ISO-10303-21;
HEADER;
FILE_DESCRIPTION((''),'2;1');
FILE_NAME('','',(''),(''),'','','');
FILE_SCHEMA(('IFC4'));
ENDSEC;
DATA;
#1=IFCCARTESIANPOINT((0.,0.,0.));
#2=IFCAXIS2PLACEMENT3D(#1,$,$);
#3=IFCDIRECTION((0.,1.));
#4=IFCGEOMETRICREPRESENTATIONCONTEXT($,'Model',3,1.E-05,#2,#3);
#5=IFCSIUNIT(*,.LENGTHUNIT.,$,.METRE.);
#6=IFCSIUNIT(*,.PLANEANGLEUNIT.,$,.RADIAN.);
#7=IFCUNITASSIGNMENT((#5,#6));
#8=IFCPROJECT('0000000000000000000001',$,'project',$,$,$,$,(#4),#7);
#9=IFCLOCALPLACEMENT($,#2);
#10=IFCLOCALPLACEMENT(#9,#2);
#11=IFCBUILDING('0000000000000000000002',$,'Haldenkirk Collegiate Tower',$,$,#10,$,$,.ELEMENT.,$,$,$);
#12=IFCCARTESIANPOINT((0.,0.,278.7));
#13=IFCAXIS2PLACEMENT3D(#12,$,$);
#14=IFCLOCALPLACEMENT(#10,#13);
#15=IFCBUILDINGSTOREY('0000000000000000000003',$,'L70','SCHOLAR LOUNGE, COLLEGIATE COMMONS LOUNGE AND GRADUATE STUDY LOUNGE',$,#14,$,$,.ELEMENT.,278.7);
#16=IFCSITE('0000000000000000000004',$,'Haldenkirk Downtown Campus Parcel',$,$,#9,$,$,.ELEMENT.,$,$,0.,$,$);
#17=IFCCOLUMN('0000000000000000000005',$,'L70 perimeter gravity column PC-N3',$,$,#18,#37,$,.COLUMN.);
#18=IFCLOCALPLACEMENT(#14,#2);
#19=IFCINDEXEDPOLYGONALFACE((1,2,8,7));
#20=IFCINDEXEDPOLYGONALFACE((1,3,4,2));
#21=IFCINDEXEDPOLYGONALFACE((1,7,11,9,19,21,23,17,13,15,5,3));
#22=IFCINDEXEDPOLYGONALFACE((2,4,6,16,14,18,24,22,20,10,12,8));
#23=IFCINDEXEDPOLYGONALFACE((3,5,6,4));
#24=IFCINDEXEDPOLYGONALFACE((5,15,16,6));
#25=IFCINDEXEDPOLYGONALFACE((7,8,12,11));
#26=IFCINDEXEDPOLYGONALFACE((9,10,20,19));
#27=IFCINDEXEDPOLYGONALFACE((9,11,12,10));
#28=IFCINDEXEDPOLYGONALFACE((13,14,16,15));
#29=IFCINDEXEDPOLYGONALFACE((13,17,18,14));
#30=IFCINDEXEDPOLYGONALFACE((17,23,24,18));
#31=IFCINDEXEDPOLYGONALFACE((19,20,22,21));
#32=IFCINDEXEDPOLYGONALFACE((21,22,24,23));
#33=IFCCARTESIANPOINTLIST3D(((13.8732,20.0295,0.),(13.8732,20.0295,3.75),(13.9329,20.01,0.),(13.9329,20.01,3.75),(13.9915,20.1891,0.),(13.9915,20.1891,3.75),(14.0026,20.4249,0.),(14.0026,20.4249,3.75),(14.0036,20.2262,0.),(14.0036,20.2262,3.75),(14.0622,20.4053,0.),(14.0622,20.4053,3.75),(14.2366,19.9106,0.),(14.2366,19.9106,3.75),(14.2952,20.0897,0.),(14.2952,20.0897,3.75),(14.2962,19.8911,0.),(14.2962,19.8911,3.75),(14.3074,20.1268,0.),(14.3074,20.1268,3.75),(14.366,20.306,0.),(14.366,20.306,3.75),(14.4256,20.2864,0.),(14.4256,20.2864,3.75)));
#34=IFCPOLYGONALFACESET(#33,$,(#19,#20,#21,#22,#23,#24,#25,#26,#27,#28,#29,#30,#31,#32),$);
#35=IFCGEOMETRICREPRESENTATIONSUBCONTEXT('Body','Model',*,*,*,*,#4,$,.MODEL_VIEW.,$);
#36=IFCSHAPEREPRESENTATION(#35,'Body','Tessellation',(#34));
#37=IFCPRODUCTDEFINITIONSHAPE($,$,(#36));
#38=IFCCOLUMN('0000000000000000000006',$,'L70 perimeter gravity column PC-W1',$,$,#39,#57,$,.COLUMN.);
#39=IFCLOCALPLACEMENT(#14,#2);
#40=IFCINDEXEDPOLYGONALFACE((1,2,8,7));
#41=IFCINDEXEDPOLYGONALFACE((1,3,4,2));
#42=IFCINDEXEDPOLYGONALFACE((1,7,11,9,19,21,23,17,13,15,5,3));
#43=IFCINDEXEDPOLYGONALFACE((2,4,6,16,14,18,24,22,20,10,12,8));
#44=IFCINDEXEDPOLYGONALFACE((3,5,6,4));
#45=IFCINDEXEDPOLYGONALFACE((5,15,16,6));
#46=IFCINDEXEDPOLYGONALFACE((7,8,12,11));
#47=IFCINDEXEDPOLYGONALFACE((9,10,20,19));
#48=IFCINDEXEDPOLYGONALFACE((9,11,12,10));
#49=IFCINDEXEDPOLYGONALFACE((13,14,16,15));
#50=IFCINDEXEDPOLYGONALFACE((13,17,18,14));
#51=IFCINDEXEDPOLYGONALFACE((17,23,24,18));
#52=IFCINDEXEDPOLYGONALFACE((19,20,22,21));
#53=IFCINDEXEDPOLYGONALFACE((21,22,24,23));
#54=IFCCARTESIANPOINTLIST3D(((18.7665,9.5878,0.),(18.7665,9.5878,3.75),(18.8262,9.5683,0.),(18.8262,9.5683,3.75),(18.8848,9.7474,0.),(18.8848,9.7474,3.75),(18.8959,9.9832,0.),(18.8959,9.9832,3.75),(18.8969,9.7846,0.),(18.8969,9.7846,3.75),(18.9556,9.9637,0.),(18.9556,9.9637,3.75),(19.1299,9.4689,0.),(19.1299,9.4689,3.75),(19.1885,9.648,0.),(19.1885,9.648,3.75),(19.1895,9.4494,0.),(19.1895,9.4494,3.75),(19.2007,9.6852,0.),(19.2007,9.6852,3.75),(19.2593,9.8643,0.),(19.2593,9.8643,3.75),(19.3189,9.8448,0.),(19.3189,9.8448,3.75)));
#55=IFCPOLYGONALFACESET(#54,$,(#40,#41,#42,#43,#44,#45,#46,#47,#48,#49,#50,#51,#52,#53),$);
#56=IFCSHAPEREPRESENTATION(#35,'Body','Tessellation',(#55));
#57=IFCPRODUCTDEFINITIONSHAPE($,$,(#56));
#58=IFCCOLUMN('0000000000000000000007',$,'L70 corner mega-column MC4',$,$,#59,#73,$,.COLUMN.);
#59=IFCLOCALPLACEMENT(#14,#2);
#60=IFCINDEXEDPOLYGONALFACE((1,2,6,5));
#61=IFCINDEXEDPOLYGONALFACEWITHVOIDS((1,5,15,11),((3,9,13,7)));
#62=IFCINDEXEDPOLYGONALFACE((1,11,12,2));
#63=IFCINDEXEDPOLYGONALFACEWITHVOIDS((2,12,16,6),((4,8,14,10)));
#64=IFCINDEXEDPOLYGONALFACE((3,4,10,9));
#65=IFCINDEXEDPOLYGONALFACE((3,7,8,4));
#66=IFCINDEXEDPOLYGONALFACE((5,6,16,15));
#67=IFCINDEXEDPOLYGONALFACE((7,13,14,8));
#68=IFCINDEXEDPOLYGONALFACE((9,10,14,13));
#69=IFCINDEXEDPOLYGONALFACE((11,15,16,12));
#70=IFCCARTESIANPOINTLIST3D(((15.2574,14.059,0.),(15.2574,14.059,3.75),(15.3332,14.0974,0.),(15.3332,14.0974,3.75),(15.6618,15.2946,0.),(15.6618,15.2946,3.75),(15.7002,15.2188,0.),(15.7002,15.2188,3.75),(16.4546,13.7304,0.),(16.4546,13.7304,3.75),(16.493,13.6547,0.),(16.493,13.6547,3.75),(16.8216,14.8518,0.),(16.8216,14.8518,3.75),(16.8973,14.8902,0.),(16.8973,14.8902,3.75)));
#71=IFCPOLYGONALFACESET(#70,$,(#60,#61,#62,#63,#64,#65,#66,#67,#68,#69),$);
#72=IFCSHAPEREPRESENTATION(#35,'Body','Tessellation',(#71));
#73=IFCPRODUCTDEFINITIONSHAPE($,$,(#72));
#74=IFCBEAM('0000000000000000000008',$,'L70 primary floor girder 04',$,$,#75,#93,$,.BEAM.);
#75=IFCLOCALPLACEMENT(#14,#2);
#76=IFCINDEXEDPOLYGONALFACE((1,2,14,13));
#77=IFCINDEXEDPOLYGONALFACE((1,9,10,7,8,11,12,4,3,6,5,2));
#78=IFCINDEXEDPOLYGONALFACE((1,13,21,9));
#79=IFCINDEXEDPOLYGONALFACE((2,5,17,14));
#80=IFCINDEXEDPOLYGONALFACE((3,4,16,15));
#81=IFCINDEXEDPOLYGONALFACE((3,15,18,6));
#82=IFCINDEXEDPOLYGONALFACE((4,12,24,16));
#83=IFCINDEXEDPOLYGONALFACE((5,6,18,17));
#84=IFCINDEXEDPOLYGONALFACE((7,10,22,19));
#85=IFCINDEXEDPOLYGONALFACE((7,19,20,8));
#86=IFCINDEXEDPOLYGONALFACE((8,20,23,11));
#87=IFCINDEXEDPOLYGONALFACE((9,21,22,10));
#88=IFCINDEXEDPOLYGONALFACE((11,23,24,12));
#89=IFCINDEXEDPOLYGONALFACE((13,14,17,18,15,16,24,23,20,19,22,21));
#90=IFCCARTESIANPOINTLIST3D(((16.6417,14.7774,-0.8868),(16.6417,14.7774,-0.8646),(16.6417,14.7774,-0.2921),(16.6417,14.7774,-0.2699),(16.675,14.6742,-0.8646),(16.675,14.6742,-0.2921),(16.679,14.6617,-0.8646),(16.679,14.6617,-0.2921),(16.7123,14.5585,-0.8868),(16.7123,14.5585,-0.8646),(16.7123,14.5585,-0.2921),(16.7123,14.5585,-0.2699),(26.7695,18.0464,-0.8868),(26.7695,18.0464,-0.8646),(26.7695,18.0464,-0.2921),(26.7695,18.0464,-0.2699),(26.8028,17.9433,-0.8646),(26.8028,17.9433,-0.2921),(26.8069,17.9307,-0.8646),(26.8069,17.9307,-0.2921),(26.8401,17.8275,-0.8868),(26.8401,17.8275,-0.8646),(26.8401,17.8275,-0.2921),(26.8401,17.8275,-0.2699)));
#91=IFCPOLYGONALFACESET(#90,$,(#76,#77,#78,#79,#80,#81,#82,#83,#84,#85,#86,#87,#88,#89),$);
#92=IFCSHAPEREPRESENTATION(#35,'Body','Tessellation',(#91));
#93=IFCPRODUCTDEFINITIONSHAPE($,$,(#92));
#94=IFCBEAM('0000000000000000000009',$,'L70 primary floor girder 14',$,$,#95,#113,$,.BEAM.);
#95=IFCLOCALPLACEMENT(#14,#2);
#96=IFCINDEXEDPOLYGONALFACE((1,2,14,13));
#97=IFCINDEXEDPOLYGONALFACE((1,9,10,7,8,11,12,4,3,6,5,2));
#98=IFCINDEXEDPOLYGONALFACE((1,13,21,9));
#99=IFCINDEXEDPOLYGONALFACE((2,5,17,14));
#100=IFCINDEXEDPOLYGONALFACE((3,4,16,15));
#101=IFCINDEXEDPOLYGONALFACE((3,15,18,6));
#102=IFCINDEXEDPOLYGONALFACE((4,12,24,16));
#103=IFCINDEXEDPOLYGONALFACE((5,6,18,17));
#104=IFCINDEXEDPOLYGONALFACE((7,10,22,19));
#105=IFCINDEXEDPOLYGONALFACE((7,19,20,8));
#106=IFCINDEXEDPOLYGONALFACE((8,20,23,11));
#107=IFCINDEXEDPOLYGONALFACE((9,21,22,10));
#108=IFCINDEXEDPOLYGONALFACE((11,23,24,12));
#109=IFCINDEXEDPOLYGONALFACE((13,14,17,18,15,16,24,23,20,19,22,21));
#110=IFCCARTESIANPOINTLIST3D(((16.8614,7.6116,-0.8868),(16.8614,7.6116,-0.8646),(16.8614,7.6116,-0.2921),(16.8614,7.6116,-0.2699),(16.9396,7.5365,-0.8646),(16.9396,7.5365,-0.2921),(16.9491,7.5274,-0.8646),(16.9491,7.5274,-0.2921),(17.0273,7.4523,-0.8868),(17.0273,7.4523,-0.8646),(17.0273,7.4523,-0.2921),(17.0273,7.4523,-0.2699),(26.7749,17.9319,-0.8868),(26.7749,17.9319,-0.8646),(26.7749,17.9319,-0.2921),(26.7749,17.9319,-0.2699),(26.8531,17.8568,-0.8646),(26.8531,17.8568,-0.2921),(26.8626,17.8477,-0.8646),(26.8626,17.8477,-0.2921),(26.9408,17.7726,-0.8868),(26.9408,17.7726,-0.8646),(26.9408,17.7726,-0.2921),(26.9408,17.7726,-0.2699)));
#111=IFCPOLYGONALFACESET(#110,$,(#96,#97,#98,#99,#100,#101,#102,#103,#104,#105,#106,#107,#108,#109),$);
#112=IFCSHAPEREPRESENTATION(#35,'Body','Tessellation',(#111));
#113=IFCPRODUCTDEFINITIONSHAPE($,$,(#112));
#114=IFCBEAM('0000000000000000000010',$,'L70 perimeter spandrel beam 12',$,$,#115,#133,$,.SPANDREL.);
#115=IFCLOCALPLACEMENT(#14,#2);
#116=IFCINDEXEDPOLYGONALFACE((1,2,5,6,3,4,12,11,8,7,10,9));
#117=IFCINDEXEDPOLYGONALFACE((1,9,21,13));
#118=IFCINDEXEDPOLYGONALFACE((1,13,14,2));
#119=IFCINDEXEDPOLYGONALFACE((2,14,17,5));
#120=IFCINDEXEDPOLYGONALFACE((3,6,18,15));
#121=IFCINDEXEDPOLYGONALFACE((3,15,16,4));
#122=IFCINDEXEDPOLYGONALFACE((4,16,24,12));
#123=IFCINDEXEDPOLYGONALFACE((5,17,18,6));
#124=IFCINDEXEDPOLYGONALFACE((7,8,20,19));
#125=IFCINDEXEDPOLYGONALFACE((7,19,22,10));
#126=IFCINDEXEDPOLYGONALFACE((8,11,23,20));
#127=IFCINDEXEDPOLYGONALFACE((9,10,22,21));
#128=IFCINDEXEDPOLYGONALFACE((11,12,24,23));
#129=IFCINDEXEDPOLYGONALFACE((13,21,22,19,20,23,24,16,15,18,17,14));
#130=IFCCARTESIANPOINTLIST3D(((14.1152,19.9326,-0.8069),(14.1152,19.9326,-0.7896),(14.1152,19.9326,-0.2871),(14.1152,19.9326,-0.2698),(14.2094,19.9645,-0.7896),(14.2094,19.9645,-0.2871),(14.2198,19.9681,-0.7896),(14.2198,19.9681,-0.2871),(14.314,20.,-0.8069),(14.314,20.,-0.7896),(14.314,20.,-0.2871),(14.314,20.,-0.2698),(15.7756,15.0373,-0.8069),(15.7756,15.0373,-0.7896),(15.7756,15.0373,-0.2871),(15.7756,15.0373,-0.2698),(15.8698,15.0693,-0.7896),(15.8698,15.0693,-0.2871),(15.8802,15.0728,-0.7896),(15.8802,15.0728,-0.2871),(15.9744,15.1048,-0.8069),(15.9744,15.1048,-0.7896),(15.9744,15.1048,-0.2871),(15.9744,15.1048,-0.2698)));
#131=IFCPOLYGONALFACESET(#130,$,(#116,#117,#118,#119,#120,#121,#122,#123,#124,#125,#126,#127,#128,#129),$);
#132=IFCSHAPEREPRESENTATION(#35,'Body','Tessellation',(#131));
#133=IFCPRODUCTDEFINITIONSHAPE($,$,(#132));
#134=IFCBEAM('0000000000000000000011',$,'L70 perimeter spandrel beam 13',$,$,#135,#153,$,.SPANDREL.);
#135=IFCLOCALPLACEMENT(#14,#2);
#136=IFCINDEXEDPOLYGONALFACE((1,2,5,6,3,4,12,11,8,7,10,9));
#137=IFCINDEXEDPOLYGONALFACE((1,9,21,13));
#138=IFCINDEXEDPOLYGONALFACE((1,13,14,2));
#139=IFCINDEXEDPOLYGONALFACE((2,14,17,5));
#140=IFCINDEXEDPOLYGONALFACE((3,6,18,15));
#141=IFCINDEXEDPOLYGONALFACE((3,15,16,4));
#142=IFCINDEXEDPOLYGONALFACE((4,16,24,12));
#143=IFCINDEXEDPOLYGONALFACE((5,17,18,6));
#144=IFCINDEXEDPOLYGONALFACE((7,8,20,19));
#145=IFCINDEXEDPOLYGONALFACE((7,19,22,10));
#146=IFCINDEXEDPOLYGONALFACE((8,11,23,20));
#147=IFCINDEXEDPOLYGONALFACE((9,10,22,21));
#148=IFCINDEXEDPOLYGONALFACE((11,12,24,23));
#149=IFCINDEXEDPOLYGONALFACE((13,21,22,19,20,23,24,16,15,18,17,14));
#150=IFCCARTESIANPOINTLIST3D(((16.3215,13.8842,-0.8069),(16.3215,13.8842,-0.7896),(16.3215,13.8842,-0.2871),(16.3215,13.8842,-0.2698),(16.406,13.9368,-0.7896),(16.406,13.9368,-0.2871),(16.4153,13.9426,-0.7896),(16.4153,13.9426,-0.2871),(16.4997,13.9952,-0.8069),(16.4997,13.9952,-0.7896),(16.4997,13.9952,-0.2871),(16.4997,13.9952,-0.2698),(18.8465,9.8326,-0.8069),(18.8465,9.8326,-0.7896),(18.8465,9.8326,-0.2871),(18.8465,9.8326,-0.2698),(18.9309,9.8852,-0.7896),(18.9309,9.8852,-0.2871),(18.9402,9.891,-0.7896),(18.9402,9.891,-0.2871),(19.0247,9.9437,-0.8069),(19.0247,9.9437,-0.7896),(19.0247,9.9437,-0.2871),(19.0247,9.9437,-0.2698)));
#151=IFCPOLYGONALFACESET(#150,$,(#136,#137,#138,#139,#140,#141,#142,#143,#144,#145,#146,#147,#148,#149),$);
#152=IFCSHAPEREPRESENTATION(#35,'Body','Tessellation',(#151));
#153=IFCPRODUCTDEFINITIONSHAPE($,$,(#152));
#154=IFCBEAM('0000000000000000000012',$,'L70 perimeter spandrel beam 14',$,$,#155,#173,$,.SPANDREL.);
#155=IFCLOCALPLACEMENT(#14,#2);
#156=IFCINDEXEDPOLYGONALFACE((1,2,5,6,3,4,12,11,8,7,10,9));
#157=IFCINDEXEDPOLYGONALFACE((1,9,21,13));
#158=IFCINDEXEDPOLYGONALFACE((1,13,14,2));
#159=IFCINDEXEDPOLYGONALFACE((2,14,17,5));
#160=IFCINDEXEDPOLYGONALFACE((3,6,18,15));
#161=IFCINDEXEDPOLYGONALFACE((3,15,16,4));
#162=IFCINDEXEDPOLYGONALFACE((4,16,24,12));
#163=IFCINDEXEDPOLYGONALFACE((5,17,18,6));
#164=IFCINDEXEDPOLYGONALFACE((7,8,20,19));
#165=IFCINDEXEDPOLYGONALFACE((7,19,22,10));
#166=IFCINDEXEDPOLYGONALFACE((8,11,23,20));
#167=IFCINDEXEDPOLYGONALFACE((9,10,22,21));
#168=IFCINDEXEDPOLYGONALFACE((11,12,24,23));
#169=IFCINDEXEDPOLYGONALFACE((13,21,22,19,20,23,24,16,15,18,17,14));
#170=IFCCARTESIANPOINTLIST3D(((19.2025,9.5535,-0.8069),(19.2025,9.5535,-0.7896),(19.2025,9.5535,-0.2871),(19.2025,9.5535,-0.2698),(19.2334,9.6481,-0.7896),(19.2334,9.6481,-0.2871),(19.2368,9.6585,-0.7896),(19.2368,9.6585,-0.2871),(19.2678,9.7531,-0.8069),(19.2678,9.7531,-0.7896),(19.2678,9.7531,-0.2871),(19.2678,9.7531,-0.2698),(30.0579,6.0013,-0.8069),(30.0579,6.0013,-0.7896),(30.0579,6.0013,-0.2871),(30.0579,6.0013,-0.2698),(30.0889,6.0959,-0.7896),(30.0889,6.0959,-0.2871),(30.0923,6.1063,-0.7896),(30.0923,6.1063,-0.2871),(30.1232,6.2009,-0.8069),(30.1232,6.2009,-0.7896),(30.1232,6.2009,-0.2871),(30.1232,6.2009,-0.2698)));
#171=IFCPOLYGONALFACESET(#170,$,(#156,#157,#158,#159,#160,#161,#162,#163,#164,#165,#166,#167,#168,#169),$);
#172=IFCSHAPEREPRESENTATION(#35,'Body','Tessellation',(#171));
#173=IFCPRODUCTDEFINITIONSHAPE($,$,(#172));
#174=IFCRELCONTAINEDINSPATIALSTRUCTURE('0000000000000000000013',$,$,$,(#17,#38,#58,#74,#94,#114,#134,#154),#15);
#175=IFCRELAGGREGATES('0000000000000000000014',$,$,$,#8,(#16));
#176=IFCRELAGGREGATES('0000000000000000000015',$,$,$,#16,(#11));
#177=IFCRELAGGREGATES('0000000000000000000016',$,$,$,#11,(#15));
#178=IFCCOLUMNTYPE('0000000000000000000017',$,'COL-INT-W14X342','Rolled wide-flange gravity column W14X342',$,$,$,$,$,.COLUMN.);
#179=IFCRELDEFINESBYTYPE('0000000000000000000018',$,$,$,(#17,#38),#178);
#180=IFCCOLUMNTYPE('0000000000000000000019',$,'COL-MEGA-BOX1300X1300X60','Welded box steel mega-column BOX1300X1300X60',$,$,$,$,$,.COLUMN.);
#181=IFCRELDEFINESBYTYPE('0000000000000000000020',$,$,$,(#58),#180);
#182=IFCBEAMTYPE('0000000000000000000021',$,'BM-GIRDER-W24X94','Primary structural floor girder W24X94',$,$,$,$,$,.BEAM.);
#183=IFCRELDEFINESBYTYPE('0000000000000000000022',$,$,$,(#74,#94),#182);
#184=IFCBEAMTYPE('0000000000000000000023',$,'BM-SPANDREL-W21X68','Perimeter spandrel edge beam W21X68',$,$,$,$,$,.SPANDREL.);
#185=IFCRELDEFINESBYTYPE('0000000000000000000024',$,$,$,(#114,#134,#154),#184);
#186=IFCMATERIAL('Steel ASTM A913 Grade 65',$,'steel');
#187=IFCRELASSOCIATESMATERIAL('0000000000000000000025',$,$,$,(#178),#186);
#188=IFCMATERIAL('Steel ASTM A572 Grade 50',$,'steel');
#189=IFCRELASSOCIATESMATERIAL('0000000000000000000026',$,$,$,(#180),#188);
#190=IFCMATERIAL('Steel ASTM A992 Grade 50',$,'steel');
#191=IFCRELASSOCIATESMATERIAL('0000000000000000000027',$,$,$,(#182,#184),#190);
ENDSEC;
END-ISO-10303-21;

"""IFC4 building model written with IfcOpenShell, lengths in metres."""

from ifc_helpers import new_model, si_unit, direction, frame, origin, origin_2d, place, context, subcontext, project, spatial, hollow_rectangle, i_section, extrude, material, material_profile, profile_set, type_object, element, save


model = new_model("IFC4")

# Units and contexts
model_context = context("Model", 3, precision=1e-05, world=origin(), true_north=direction((0.0, 1.0)))
body_context = subcontext(model_context, "Body", "Model", "MODEL_VIEW")
ifc_project = project(units=[si_unit("LENGTHUNIT", "METRE"), si_unit("PLANEANGLEUNIT", "RADIAN")], contexts=[model_context])

# Site, building, storey
site_placement = place(None, origin())
site = spatial("IfcSite", under=ifc_project, at=site_placement, Name="Haldenkirk Downtown Campus Parcel", CompositionType="ELEMENT", RefElevation=0.0)
building_placement = place(site_placement, origin())
building = spatial("IfcBuilding", under=site, at=building_placement, Name="Haldenkirk Collegiate Tower", CompositionType="ELEMENT")
storey_placement = place(building_placement, frame((0.0, 0.0, 278.7)))
storey = spatial("IfcBuildingStorey", under=building, at=storey_placement, Name="L70", Description="SCHOLAR LOUNGE, COLLEGIATE COMMONS LOUNGE AND GRADUATE STUDY LOUNGE", CompositionType="ELEMENT", Elevation=278.7)

# Columns
ifc_material_1 = material(Name="Steel ASTM A913 Grade 65", Category="steel")
ifc_material_profile_1 = material_profile(ifc_material_1, i_section(OverallWidth=0.416, OverallDepth=0.4451, WebThickness=0.0391, FlangeThickness=0.0627, at=origin_2d()), Name="W14X342")
ifc_profile_set_1 = profile_set([ifc_material_profile_1], Name="Steel ASTM A913 Grade 65")
column_type_1 = type_object("IfcColumnType", Name="COL-INT-W14X342", Description="Rolled wide-flange gravity column W14X342", PredefinedType="COLUMN", material=ifc_profile_set_1)
for number, where, z_axis, x_axis, name in (
    (1, (14.1494, 20.158, 0.0), (0.0, 0.0, 1.0), (0.311008, 0.950407, 0.0), "L70 perimeter gravity column PC-N3"),
    (2, (19.0427, 9.7163, 0.0), (0.0, 0.0, 1.0), (0.311008, 0.950407, 0.0), "L70 perimeter gravity column PC-W1"),
):
    element("IfcColumn", number, at=place(storey_placement, frame(where, z_axis=z_axis, x_axis=x_axis)), inside=storey, type_object=column_type_1, Name=name, PredefinedType="COLUMN", context=body_context, shape_type="SweptSolid", body=[
        extrude(i_section(OverallWidth=0.416, OverallDepth=0.4451, WebThickness=0.0391, FlangeThickness=0.0627, at=origin_2d()), origin(), (0.0, 0.0, 1.0), 3.75),
    ])
ifc_material_2 = material(Name="Steel ASTM A572 Grade 50", Category="steel")
ifc_material_profile_2 = material_profile(ifc_material_2, hollow_rectangle(XDim=1.3, YDim=1.3, WallThickness=0.0601, at=origin_2d()), Name="BOX1300X1300X60")
ifc_profile_set_2 = profile_set([ifc_material_profile_2], Name="Steel ASTM A572 Grade 50")
column_type_2 = type_object("IfcColumnType", Name="COL-MEGA-BOX1300X1300X60", Description="Welded box steel mega-column BOX1300X1300X60", PredefinedType="COLUMN", material=ifc_profile_set_2)
column_placement = place(storey_placement, frame((16.0774, 14.4746, 0.0), z_axis=(0.0, 0.0, 1.0), x_axis=(0.311008, 0.950407, 0.0)))
element("IfcColumn", 3, at=column_placement, inside=storey, type_object=column_type_2, Name="L70 corner mega-column MC4", PredefinedType="COLUMN", context=body_context, shape_type="SweptSolid", body=[
    extrude(hollow_rectangle(XDim=1.3, YDim=1.3, WallThickness=0.0601, at=origin_2d()), origin(), (0.0, 0.0, 1.0), 3.75),
])

# Beams
ifc_material_3 = material(Name="Steel ASTM A992 Grade 50", Category="steel")
ifc_material_profile_3 = material_profile(ifc_material_3, i_section(OverallWidth=0.23, OverallDepth=0.6169, WebThickness=0.0132, FlangeThickness=0.0222, at=origin_2d()), Name="W24X94")
ifc_profile_set_3 = profile_set([ifc_material_profile_3], Name="Steel ASTM A992 Grade 50")
beam_type_1 = type_object("IfcBeamType", Name="BM-GIRDER-W24X94", Description="Primary structural floor girder W24X94", PredefinedType="BEAM", material=ifc_profile_set_3)
beam_1_placement = place(storey_placement, frame((16.677, 14.668, -0.5784), z_axis=(0.951655, 0.30717, 0.0), x_axis=(-0.30717, 0.951655, 0.0)))
element("IfcBeam", 4, at=beam_1_placement, inside=storey, type_object=beam_type_1, Name="L70 primary floor girder 04", PredefinedType="BEAM", context=body_context, shape_type="SweptSolid", body=[
    extrude(i_section(OverallWidth=0.23, OverallDepth=0.6169, WebThickness=0.0132, FlangeThickness=0.0222, at=origin_2d()), origin(), (0.0, 0.0, 1.0), 10.6423),
])
beam_2_placement = place(storey_placement, frame((16.9443, 7.532, -0.5784), z_axis=(0.692753, 0.721175, 0.0), x_axis=(-0.721175, 0.692753, 0.0)))
element("IfcBeam", 5, at=beam_2_placement, inside=storey, type_object=beam_type_1, Name="L70 primary floor girder 14", PredefinedType="BEAM", context=body_context, shape_type="SweptSolid", body=[
    extrude(i_section(OverallWidth=0.23, OverallDepth=0.6169, WebThickness=0.0132, FlangeThickness=0.0222, at=origin_2d()), origin(), (0.0, 0.0, 1.0), 14.3103),
])
ifc_material_profile_4 = material_profile(ifc_material_3, i_section(OverallWidth=0.21, OverallDepth=0.5371, WebThickness=0.011, FlangeThickness=0.0173, at=origin_2d()), Name="W21X68")
ifc_profile_set_4 = profile_set([ifc_material_profile_4], Name="Steel ASTM A992 Grade 50")
beam_type_2 = type_object("IfcBeamType", Name="BM-SPANDREL-W21X68", Description="Perimeter spandrel edge beam W21X68", PredefinedType="SPANDREL", material=ifc_profile_set_4)
beam_3_placement = place(storey_placement, frame((14.2146, 19.9663, -0.5383), z_axis=(0.321211, -0.947008, 0.0), x_axis=(0.947008, 0.321211, 0.0)))
element("IfcBeam", 6, at=beam_3_placement, inside=storey, type_object=beam_type_2, Name="L70 perimeter spandrel beam 12", PredefinedType="SPANDREL", context=body_context, shape_type="SweptSolid", body=[
    extrude(i_section(OverallWidth=0.21, OverallDepth=0.5371, WebThickness=0.011, FlangeThickness=0.0173, at=origin_2d()), origin(), (0.0, 0.0, 1.0), 5.1692),
])
beam_4_placement = place(storey_placement, frame((16.4106, 13.9397, -0.5383), z_axis=(0.5289, -0.848684, 0.0), x_axis=(0.848684, 0.5289, 0.0)))
element("IfcBeam", 7, at=beam_4_placement, inside=storey, type_object=beam_type_2, Name="L70 perimeter spandrel beam 13", PredefinedType="SPANDREL", context=body_context, shape_type="SweptSolid", body=[
    extrude(i_section(OverallWidth=0.21, OverallDepth=0.5371, WebThickness=0.011, FlangeThickness=0.0173, at=origin_2d()), origin(), (0.0, 0.0, 1.0), 4.7739),
])
beam_5_placement = place(storey_placement, frame((19.2351, 9.6533, -0.5383), z_axis=(0.950409, -0.311003, 0.0), x_axis=(0.311003, 0.950409, 0.0)))
element("IfcBeam", 8, at=beam_5_placement, inside=storey, type_object=beam_type_2, Name="L70 perimeter spandrel beam 14", PredefinedType="SPANDREL", context=body_context, shape_type="SweptSolid", body=[
    extrude(i_section(OverallWidth=0.21, OverallDepth=0.5371, WebThickness=0.011, FlangeThickness=0.0173, at=origin_2d()), origin(), (0.0, 0.0, 1.0), 11.4219),
])

save(model, "model.ifc")
